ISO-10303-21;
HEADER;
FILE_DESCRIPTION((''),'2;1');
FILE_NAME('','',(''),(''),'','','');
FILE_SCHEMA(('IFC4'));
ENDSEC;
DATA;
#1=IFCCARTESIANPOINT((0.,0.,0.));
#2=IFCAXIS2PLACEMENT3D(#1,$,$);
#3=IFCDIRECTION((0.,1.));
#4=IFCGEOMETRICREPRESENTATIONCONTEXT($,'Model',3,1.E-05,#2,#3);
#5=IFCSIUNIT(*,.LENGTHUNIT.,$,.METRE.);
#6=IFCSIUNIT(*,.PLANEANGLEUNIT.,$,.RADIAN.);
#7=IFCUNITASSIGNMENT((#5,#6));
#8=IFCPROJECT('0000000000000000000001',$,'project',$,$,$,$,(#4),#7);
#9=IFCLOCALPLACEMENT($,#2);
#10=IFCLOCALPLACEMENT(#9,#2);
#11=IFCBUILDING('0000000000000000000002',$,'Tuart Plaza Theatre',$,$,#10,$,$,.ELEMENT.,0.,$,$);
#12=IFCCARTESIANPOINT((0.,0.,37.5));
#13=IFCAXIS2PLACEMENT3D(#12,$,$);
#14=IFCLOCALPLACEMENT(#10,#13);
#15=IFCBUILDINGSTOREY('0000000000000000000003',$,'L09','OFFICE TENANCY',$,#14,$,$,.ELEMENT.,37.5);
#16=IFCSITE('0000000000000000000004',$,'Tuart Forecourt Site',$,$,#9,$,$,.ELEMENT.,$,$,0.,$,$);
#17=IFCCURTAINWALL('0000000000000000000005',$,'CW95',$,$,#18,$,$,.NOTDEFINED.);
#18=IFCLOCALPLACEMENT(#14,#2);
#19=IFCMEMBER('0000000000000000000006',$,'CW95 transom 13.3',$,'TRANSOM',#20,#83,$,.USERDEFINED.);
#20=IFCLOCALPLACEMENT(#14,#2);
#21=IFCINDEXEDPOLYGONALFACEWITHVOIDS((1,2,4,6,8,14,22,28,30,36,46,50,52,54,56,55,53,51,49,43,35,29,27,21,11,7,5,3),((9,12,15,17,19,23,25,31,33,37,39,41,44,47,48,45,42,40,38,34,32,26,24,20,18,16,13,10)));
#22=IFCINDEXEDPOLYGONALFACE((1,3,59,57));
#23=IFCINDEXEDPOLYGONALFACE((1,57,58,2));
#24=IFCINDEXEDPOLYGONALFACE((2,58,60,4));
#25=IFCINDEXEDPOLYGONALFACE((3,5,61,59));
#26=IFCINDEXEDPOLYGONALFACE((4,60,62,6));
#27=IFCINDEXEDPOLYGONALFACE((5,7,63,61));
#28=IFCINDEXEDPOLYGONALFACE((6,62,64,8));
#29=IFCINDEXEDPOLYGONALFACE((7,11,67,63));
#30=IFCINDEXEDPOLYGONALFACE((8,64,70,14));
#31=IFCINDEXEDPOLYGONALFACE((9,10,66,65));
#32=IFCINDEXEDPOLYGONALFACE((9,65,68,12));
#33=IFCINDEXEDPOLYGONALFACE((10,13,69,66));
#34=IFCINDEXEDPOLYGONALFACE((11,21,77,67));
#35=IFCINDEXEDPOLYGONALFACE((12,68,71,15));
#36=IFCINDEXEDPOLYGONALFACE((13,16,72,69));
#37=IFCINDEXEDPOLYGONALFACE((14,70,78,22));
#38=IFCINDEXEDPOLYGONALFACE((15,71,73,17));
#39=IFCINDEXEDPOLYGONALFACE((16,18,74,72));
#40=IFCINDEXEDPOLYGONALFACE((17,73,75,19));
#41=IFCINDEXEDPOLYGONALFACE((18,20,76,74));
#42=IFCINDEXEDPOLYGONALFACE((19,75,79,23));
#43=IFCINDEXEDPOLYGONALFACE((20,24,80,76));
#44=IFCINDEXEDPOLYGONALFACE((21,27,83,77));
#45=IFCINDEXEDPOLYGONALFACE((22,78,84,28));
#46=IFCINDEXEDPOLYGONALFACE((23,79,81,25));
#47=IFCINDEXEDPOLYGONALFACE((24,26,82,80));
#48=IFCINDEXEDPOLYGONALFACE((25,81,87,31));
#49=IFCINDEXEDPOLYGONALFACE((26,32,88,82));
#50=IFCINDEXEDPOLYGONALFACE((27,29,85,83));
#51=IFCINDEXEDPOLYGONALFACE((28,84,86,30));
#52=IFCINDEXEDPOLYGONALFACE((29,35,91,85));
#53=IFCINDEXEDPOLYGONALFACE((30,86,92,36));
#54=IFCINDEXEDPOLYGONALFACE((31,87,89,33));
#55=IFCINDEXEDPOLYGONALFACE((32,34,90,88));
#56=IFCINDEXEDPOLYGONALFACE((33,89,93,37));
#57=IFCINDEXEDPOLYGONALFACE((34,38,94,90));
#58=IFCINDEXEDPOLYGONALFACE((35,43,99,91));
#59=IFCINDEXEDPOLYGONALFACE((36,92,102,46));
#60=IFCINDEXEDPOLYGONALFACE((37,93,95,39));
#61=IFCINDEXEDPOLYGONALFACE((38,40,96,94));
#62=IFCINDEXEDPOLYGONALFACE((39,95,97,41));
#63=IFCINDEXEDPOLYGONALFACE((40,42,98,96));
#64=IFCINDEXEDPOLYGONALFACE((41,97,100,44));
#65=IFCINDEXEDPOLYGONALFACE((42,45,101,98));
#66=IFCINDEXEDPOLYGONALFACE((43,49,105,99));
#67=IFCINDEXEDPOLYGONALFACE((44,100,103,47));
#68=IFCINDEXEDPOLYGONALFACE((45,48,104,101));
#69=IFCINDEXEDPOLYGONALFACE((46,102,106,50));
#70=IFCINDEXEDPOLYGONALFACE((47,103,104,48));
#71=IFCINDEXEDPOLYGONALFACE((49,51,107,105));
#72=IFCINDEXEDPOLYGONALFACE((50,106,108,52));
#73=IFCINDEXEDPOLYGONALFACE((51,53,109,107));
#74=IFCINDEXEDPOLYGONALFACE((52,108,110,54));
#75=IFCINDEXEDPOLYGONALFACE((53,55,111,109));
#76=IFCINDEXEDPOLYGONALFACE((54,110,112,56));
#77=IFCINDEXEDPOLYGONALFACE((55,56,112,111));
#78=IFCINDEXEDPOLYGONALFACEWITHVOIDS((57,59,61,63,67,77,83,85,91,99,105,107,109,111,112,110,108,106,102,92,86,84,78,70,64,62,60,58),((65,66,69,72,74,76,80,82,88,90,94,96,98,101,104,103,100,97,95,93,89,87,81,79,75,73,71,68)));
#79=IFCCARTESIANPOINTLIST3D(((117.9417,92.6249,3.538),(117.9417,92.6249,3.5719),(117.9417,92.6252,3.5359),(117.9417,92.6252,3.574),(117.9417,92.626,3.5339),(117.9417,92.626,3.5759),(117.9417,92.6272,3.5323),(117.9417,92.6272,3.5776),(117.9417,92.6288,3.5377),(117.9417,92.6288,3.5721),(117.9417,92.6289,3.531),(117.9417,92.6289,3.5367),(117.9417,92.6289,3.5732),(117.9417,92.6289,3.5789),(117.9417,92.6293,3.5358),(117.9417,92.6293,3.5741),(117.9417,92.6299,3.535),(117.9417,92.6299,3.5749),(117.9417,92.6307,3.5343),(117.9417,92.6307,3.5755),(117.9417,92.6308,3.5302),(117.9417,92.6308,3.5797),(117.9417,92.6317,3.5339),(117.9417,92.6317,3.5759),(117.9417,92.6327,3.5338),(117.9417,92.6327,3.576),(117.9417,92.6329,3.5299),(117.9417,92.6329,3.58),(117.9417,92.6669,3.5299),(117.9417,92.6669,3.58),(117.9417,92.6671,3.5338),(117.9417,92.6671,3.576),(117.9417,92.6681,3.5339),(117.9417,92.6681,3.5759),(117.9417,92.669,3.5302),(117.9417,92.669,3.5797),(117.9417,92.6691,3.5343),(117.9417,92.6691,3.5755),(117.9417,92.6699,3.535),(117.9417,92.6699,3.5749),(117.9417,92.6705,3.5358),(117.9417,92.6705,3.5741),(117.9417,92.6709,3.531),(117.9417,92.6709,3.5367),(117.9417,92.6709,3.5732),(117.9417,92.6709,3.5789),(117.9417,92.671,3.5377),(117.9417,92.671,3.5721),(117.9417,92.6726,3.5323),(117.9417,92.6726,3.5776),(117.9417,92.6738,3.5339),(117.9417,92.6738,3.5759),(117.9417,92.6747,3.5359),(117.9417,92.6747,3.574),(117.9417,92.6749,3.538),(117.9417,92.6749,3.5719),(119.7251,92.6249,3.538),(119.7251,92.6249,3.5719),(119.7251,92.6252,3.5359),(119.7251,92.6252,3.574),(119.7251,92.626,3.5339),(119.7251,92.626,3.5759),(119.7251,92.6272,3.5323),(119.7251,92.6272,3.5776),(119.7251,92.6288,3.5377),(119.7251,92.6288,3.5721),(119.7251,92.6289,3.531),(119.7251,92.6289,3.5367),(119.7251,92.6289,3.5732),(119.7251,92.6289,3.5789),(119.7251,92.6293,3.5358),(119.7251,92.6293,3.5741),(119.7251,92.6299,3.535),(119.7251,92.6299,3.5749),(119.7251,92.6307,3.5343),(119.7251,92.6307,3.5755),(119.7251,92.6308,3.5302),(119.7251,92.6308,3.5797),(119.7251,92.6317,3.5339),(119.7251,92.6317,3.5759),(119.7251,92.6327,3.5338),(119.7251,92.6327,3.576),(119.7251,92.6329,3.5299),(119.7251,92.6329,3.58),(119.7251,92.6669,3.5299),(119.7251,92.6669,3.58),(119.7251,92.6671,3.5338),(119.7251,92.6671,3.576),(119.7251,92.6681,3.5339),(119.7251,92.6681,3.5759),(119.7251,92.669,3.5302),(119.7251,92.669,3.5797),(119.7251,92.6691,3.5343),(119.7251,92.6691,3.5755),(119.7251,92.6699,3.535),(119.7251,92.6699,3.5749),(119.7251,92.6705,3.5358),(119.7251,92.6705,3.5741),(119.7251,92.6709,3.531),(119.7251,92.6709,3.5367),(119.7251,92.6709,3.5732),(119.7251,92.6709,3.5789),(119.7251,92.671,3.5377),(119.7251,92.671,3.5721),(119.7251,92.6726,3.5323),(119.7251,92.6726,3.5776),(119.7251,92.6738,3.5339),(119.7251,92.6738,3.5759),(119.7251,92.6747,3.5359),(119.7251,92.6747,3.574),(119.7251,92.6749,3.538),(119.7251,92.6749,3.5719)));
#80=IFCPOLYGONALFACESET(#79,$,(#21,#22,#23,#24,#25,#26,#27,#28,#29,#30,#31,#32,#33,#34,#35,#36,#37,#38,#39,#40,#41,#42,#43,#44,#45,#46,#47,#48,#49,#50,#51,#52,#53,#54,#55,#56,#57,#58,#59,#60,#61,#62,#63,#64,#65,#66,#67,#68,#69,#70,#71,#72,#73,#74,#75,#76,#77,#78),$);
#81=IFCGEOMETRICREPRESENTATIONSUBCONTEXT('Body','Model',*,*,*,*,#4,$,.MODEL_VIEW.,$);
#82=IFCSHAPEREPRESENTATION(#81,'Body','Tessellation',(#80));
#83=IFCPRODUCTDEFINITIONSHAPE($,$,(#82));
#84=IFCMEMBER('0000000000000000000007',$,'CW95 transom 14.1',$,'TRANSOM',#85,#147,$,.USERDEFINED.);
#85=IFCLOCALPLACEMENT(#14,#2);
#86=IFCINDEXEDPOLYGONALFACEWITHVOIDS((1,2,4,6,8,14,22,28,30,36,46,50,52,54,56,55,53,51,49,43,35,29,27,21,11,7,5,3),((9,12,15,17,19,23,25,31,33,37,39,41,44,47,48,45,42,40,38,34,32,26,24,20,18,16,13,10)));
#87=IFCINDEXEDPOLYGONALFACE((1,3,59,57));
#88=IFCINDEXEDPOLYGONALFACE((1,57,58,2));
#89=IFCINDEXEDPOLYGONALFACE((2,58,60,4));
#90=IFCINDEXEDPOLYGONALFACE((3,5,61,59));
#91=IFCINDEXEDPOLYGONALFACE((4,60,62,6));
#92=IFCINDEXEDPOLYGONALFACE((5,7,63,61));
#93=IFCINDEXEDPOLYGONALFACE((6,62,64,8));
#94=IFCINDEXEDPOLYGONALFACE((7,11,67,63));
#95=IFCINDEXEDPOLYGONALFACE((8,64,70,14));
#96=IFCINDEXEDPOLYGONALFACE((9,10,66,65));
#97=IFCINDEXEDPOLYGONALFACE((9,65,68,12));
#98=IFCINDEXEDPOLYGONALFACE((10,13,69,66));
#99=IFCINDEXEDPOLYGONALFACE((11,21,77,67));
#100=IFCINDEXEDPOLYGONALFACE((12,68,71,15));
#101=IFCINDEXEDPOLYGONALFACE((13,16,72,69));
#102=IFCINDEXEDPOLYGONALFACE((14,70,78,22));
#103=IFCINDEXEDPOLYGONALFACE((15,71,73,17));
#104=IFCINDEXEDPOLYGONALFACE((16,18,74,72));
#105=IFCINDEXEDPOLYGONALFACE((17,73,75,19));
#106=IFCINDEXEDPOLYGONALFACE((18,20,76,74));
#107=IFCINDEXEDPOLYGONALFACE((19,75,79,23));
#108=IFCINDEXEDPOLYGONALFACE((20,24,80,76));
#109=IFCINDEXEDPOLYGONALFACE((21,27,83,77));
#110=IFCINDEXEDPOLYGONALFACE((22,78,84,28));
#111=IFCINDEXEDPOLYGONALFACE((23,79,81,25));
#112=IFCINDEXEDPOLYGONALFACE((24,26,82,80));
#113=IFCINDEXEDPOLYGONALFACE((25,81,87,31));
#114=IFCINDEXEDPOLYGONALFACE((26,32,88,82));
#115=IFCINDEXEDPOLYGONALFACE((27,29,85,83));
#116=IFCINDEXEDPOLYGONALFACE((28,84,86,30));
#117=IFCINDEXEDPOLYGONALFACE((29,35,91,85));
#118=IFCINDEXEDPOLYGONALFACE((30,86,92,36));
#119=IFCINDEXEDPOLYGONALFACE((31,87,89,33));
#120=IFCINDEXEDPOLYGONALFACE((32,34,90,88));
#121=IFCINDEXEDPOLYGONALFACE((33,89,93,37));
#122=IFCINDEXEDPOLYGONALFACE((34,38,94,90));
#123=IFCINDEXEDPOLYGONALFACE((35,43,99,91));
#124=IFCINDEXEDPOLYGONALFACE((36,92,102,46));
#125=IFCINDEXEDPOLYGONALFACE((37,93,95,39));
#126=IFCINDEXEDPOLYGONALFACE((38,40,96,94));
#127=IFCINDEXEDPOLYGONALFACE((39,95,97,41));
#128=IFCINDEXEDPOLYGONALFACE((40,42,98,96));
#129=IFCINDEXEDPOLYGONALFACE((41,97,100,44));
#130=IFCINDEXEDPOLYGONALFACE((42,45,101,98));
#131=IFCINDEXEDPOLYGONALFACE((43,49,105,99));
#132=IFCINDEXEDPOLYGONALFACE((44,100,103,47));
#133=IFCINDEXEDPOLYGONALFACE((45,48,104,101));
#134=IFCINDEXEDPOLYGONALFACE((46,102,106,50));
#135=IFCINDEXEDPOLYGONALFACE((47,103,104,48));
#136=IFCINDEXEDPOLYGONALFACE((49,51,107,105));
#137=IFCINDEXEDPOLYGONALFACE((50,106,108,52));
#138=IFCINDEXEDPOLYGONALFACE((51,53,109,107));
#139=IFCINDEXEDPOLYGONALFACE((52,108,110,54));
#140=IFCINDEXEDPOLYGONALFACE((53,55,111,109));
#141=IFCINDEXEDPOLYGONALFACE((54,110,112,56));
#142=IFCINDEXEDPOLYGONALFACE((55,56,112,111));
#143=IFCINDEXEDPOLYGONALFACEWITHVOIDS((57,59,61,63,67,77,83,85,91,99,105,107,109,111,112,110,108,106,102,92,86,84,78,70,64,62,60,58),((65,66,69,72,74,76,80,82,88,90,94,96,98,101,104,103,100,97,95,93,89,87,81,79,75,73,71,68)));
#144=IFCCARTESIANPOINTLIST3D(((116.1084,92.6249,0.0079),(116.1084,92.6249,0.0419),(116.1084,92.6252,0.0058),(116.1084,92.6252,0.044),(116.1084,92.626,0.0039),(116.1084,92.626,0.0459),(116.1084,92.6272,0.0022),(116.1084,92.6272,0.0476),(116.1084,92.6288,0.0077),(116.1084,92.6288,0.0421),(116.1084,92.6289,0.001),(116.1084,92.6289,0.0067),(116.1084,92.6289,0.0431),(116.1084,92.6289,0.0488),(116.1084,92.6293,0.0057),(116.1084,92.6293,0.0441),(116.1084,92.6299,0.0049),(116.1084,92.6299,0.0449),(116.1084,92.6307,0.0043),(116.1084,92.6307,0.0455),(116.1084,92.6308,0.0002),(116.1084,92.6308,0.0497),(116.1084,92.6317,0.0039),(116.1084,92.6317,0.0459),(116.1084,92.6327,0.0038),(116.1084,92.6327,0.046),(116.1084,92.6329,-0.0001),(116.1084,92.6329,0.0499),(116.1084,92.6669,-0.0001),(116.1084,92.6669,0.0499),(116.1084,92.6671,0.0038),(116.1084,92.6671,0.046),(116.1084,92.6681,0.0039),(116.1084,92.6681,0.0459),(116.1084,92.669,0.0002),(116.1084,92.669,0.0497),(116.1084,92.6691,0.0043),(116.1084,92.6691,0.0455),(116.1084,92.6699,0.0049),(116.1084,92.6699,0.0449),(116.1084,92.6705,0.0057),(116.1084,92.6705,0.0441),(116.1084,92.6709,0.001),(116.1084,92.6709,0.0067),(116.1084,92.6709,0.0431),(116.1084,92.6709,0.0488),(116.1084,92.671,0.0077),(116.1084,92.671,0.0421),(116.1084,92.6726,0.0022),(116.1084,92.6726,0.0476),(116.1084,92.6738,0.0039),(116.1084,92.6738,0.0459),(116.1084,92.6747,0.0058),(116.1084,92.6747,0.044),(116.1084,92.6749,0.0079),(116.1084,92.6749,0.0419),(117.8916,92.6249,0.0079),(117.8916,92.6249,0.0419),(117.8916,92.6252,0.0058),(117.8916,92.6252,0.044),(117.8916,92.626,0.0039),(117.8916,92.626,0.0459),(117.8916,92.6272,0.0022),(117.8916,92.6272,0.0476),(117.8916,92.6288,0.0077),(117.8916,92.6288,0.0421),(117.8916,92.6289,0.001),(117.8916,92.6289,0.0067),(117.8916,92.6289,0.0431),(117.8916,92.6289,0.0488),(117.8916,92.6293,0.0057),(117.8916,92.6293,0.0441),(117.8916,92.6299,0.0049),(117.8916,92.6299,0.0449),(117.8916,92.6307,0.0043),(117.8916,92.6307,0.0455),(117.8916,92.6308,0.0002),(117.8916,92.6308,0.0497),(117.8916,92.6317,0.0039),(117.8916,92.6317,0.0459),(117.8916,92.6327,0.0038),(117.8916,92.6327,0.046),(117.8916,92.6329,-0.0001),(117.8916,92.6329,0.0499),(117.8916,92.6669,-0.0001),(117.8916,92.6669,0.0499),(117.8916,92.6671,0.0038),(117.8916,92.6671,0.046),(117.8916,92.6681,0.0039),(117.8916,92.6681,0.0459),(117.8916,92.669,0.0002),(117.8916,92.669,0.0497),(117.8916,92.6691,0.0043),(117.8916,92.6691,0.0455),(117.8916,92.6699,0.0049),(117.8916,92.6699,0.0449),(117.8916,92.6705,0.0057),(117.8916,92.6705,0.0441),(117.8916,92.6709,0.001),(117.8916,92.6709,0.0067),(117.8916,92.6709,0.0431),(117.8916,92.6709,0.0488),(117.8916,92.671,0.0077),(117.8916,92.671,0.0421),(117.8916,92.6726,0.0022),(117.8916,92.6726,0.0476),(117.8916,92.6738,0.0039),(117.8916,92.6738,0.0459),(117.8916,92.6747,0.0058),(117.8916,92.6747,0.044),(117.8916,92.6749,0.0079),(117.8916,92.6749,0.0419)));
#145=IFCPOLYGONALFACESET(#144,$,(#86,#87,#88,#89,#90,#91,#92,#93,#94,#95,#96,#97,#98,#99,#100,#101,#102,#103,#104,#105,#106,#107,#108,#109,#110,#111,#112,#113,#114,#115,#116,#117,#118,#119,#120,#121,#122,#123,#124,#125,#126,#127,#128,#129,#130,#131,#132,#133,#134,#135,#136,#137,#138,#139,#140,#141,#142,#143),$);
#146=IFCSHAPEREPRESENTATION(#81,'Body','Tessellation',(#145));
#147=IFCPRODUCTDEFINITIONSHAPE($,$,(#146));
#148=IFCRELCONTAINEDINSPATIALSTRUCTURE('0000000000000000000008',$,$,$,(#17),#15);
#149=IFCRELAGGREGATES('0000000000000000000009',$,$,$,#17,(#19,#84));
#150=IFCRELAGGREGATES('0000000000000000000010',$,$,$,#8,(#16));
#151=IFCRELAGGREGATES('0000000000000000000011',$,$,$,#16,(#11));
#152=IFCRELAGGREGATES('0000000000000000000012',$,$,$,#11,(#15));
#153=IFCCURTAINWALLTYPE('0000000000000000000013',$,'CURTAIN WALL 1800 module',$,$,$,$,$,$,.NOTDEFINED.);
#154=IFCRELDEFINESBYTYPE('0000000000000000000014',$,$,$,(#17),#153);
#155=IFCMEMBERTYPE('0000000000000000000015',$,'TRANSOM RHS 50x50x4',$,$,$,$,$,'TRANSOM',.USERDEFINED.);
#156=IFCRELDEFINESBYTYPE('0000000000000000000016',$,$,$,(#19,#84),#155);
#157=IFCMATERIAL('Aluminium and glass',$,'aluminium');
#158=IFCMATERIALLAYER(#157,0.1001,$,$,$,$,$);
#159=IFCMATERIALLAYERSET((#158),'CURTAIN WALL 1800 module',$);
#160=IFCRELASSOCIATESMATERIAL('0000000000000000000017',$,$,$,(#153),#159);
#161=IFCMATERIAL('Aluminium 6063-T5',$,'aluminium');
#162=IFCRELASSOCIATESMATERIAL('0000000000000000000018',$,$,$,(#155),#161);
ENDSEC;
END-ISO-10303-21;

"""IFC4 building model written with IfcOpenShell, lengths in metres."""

from ifc_helpers import new_model, si_unit, direction, frame, origin, origin_2d, place, context, subcontext, project, spatial, hollow_rectangle, extrude, material, layer, layer_set, material_profile, profile_set, type_object, element, aggregate, save


model = new_model("IFC4")

# Units and contexts
model_context = context("Model", 3, precision=1e-05, world=origin(), true_north=direction((0.0, 1.0)))
body_context = subcontext(model_context, "Body", "Model", "MODEL_VIEW")
ifc_project = project(units=[si_unit("LENGTHUNIT", "METRE"), si_unit("PLANEANGLEUNIT", "RADIAN")], contexts=[model_context])

# Site, building, storey
site_placement = place(None, origin())
site = spatial("IfcSite", under=ifc_project, at=site_placement, Name="Tuart Forecourt Site", CompositionType="ELEMENT", RefElevation=0.0)
building_placement = place(site_placement, origin())
building = spatial("IfcBuilding", under=site, at=building_placement, Name="Tuart Plaza Theatre", CompositionType="ELEMENT", ElevationOfRefHeight=0.0)
storey_placement = place(building_placement, frame((0.0, 0.0, 37.5)))
storey = spatial("IfcBuildingStorey", under=building, at=storey_placement, Name="L09", Description="OFFICE TENANCY", CompositionType="ELEMENT", Elevation=37.5)

# Curtain wall, members
ifc_material_1 = material(Name="Aluminium and glass", Category="aluminium")
ifc_layer_1 = layer(ifc_material_1, 0.1001)
ifc_layer_set_1 = layer_set([ifc_layer_1], Name="CURTAIN WALL 1800 module")
curtain_wall_type = type_object("IfcCurtainWallType", Name="CURTAIN WALL 1800 module", PredefinedType="NOTDEFINED", material=ifc_layer_set_1)
curtain_wall_placement = place(storey_placement, origin())
curtain_wall = element("IfcCurtainWall", 1, at=curtain_wall_placement, inside=storey, type_object=curtain_wall_type, Name="CW95", PredefinedType="NOTDEFINED")
ifc_material_2 = material(Name="Aluminium 6063-T5", Category="aluminium")
ifc_material_profile_1 = material_profile(ifc_material_2, hollow_rectangle(XDim=0.05, YDim=0.05, WallThickness=0.0039, InnerFilletRadius=0.0039, OuterFilletRadius=0.0081, at=origin_2d()), Name="RHS 50x50x4")
ifc_profile_set_1 = profile_set([ifc_material_profile_1], Name="Aluminium 6063-T5")
member_type_1 = type_object("IfcMemberType", Name="TRANSOM RHS 50x50x4", ElementType="TRANSOM", PredefinedType="USERDEFINED", material=ifc_profile_set_1)
member_1_placement = place(storey_placement, frame((119.7251, 92.6499, 3.5549), z_axis=(-1.0, 0.0, 0.0), x_axis=(0.0, -1.0, 0.0)))
member_1 = element("IfcMember", 2, at=member_1_placement, type_object=member_type_1, Name="CW95 transom 13.3", ObjectType="TRANSOM", PredefinedType="USERDEFINED", context=body_context, shape_type="SweptSolid", body=[
    extrude(hollow_rectangle(XDim=0.05, YDim=0.05, WallThickness=0.0039, InnerFilletRadius=0.0039, OuterFilletRadius=0.0081, at=origin_2d()), origin(), (0.0, 0.0, 1.0), 1.7834),
])
member_2_placement = place(storey_placement, frame((117.8916, 92.6499, 0.0249), z_axis=(-1.0, 0.0, 0.0), x_axis=(0.0, -1.0, 0.0)))
member_2 = element("IfcMember", 3, at=member_2_placement, type_object=member_type_1, Name="CW95 transom 14.1", ObjectType="TRANSOM", PredefinedType="USERDEFINED", context=body_context, shape_type="SweptSolid", body=[
    extrude(hollow_rectangle(XDim=0.05, YDim=0.05, WallThickness=0.0039, InnerFilletRadius=0.0039, OuterFilletRadius=0.0081, at=origin_2d()), origin(), (0.0, 0.0, 1.0), 1.7832),
])
aggregate(curtain_wall, [member_1, member_2])

save(model, "model.ifc")
